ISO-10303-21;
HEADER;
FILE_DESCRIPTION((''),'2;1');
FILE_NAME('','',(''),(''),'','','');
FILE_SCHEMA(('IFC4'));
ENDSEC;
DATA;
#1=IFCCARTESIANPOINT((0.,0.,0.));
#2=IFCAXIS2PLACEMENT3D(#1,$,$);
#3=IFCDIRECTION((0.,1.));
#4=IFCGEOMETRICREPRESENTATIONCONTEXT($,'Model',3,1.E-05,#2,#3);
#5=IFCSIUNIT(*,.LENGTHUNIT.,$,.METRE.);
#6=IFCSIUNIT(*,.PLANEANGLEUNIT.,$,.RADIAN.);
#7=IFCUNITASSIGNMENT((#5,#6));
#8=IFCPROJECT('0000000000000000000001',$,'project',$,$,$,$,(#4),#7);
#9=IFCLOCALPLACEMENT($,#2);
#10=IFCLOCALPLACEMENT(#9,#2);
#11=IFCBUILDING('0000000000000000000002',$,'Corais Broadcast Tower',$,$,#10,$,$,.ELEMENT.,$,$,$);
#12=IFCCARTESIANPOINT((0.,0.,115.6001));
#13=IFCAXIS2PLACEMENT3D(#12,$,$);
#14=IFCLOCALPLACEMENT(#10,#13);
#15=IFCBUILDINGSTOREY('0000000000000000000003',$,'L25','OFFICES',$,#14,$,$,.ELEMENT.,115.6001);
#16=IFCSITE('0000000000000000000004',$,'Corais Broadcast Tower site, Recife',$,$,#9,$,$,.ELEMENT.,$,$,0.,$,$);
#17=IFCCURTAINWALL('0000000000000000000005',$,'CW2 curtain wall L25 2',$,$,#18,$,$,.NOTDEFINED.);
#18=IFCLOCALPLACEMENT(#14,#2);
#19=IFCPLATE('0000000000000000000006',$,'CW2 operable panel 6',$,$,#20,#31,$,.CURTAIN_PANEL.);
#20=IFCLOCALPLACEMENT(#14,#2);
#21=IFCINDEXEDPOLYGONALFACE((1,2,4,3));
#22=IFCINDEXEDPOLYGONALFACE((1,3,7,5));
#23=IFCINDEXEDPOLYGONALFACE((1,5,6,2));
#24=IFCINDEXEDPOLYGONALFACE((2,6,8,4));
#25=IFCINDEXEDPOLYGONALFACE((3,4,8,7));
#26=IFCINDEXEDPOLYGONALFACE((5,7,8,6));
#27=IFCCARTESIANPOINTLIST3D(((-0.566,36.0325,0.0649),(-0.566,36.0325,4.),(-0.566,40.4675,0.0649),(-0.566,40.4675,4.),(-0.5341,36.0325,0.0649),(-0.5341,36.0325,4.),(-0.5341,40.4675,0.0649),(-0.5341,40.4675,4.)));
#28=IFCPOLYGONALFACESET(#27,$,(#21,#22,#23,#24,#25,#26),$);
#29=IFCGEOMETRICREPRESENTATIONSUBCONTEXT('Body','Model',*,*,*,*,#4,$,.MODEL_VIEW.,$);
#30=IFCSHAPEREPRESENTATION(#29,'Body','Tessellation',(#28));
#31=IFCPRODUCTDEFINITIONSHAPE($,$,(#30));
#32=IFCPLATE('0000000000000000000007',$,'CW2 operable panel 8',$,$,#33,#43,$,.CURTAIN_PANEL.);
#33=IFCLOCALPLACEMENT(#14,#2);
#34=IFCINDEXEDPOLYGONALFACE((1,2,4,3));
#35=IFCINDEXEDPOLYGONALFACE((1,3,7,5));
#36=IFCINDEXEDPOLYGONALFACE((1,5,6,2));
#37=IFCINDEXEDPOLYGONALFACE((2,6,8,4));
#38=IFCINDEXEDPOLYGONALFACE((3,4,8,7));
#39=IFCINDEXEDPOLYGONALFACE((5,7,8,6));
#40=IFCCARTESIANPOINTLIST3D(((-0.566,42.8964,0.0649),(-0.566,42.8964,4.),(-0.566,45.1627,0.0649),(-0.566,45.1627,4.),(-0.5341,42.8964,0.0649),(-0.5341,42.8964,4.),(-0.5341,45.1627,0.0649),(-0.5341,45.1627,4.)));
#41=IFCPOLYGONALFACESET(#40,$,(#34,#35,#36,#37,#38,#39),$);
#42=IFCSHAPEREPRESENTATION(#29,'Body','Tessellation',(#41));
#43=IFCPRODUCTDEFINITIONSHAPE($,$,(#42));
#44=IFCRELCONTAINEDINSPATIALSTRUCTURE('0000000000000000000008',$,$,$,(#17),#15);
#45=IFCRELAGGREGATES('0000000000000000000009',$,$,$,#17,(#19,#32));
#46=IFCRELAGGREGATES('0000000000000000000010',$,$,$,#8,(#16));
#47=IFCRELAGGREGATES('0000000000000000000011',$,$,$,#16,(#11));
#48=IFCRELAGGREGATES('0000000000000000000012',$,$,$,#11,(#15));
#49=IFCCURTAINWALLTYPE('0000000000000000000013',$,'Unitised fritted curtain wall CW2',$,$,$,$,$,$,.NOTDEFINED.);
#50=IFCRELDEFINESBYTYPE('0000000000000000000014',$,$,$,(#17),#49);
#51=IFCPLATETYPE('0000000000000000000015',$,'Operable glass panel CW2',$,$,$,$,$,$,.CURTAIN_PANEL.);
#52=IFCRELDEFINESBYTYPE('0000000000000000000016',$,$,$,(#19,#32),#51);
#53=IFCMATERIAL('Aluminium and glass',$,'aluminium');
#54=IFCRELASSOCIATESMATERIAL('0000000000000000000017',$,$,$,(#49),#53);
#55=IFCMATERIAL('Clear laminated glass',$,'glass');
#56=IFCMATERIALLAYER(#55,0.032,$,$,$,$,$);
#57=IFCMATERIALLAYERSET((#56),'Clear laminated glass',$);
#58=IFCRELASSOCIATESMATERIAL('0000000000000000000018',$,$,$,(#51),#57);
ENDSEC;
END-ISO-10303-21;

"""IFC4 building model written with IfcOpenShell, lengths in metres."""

from ifc_helpers import new_model, si_unit, direction, frame, origin, origin_2d, place, context, subcontext, project, spatial, rectangle, extrude, material, layer, layer_set, type_object, element, aggregate, save


model = new_model("IFC4")

# Units and contexts
model_context = context("Model", 3, precision=1e-05, world=origin(), true_north=direction((0.0, 1.0)))
body_context = subcontext(model_context, "Body", "Model", "MODEL_VIEW")
ifc_project = project(units=[si_unit("LENGTHUNIT", "METRE"), si_unit("PLANEANGLEUNIT", "RADIAN")], contexts=[model_context])

# Site, building, storey
site_placement = place(None, origin())
site = spatial("IfcSite", under=ifc_project, at=site_placement, Name="Corais Broadcast Tower site, Recife", CompositionType="ELEMENT", RefElevation=0.0)
building_placement = place(site_placement, origin())
building = spatial("IfcBuilding", under=site, at=building_placement, Name="Corais Broadcast Tower", CompositionType="ELEMENT")
storey_placement = place(building_placement, frame((0.0, 0.0, 115.6001)))
storey = spatial("IfcBuildingStorey", under=building, at=storey_placement, Name="L25", Description="OFFICES", CompositionType="ELEMENT", Elevation=115.6001)

# Curtain wall
ifc_material_1 = material(Name="Aluminium and glass", Category="aluminium")
curtain_wall_type = type_object("IfcCurtainWallType", Name="Unitised fritted curtain wall CW2", PredefinedType="NOTDEFINED", material=ifc_material_1)
curtain_wall_placement = place(storey_placement, origin())
curtain_wall = element("IfcCurtainWall", 1, at=curtain_wall_placement, inside=storey, type_object=curtain_wall_type, Name="CW2 curtain wall L25 2", PredefinedType="NOTDEFINED")

# Plates
ifc_material_2 = material(Name="Clear laminated glass", Category="glass")
ifc_layer_1 = layer(ifc_material_2, 0.032)
ifc_layer_set_1 = layer_set([ifc_layer_1], Name="Clear laminated glass")
plate_type_1 = type_object("IfcPlateType", Name="Operable glass panel CW2", PredefinedType="CURTAIN_PANEL", material=ifc_layer_set_1)
plate_1_placement = place(storey_placement, frame((-0.55, 38.25, 0.0649), z_axis=(0.0, 0.0, 1.0), x_axis=(0.0, 1.0, 0.0)))
plate_1 = element("IfcPlate", 2, at=plate_1_placement, type_object=plate_type_1, Name="CW2 operable panel 6", PredefinedType="CURTAIN_PANEL", context=body_context, shape_type="SweptSolid", body=[
    extrude(rectangle(XDim=4.4351, YDim=0.032, at=origin_2d()), origin(), (0.0, 0.0, 1.0), 3.9351),
])
plate_2_placement = place(storey_placement, frame((-0.55, 44.0295, 0.0649), z_axis=(0.0, 0.0, 1.0), x_axis=(0.0, 1.0, 0.0)))
plate_2 = element("IfcPlate", 3, at=plate_2_placement, type_object=plate_type_1, Name="CW2 operable panel 8", PredefinedType="CURTAIN_PANEL", context=body_context, shape_type="SweptSolid", body=[
    extrude(rectangle(XDim=2.2664, YDim=0.032, at=origin_2d()), origin(), (0.0, 0.0, 1.0), 3.9351),
])
aggregate(curtain_wall, [plate_1, plate_2])

save(model, "model.ifc")
